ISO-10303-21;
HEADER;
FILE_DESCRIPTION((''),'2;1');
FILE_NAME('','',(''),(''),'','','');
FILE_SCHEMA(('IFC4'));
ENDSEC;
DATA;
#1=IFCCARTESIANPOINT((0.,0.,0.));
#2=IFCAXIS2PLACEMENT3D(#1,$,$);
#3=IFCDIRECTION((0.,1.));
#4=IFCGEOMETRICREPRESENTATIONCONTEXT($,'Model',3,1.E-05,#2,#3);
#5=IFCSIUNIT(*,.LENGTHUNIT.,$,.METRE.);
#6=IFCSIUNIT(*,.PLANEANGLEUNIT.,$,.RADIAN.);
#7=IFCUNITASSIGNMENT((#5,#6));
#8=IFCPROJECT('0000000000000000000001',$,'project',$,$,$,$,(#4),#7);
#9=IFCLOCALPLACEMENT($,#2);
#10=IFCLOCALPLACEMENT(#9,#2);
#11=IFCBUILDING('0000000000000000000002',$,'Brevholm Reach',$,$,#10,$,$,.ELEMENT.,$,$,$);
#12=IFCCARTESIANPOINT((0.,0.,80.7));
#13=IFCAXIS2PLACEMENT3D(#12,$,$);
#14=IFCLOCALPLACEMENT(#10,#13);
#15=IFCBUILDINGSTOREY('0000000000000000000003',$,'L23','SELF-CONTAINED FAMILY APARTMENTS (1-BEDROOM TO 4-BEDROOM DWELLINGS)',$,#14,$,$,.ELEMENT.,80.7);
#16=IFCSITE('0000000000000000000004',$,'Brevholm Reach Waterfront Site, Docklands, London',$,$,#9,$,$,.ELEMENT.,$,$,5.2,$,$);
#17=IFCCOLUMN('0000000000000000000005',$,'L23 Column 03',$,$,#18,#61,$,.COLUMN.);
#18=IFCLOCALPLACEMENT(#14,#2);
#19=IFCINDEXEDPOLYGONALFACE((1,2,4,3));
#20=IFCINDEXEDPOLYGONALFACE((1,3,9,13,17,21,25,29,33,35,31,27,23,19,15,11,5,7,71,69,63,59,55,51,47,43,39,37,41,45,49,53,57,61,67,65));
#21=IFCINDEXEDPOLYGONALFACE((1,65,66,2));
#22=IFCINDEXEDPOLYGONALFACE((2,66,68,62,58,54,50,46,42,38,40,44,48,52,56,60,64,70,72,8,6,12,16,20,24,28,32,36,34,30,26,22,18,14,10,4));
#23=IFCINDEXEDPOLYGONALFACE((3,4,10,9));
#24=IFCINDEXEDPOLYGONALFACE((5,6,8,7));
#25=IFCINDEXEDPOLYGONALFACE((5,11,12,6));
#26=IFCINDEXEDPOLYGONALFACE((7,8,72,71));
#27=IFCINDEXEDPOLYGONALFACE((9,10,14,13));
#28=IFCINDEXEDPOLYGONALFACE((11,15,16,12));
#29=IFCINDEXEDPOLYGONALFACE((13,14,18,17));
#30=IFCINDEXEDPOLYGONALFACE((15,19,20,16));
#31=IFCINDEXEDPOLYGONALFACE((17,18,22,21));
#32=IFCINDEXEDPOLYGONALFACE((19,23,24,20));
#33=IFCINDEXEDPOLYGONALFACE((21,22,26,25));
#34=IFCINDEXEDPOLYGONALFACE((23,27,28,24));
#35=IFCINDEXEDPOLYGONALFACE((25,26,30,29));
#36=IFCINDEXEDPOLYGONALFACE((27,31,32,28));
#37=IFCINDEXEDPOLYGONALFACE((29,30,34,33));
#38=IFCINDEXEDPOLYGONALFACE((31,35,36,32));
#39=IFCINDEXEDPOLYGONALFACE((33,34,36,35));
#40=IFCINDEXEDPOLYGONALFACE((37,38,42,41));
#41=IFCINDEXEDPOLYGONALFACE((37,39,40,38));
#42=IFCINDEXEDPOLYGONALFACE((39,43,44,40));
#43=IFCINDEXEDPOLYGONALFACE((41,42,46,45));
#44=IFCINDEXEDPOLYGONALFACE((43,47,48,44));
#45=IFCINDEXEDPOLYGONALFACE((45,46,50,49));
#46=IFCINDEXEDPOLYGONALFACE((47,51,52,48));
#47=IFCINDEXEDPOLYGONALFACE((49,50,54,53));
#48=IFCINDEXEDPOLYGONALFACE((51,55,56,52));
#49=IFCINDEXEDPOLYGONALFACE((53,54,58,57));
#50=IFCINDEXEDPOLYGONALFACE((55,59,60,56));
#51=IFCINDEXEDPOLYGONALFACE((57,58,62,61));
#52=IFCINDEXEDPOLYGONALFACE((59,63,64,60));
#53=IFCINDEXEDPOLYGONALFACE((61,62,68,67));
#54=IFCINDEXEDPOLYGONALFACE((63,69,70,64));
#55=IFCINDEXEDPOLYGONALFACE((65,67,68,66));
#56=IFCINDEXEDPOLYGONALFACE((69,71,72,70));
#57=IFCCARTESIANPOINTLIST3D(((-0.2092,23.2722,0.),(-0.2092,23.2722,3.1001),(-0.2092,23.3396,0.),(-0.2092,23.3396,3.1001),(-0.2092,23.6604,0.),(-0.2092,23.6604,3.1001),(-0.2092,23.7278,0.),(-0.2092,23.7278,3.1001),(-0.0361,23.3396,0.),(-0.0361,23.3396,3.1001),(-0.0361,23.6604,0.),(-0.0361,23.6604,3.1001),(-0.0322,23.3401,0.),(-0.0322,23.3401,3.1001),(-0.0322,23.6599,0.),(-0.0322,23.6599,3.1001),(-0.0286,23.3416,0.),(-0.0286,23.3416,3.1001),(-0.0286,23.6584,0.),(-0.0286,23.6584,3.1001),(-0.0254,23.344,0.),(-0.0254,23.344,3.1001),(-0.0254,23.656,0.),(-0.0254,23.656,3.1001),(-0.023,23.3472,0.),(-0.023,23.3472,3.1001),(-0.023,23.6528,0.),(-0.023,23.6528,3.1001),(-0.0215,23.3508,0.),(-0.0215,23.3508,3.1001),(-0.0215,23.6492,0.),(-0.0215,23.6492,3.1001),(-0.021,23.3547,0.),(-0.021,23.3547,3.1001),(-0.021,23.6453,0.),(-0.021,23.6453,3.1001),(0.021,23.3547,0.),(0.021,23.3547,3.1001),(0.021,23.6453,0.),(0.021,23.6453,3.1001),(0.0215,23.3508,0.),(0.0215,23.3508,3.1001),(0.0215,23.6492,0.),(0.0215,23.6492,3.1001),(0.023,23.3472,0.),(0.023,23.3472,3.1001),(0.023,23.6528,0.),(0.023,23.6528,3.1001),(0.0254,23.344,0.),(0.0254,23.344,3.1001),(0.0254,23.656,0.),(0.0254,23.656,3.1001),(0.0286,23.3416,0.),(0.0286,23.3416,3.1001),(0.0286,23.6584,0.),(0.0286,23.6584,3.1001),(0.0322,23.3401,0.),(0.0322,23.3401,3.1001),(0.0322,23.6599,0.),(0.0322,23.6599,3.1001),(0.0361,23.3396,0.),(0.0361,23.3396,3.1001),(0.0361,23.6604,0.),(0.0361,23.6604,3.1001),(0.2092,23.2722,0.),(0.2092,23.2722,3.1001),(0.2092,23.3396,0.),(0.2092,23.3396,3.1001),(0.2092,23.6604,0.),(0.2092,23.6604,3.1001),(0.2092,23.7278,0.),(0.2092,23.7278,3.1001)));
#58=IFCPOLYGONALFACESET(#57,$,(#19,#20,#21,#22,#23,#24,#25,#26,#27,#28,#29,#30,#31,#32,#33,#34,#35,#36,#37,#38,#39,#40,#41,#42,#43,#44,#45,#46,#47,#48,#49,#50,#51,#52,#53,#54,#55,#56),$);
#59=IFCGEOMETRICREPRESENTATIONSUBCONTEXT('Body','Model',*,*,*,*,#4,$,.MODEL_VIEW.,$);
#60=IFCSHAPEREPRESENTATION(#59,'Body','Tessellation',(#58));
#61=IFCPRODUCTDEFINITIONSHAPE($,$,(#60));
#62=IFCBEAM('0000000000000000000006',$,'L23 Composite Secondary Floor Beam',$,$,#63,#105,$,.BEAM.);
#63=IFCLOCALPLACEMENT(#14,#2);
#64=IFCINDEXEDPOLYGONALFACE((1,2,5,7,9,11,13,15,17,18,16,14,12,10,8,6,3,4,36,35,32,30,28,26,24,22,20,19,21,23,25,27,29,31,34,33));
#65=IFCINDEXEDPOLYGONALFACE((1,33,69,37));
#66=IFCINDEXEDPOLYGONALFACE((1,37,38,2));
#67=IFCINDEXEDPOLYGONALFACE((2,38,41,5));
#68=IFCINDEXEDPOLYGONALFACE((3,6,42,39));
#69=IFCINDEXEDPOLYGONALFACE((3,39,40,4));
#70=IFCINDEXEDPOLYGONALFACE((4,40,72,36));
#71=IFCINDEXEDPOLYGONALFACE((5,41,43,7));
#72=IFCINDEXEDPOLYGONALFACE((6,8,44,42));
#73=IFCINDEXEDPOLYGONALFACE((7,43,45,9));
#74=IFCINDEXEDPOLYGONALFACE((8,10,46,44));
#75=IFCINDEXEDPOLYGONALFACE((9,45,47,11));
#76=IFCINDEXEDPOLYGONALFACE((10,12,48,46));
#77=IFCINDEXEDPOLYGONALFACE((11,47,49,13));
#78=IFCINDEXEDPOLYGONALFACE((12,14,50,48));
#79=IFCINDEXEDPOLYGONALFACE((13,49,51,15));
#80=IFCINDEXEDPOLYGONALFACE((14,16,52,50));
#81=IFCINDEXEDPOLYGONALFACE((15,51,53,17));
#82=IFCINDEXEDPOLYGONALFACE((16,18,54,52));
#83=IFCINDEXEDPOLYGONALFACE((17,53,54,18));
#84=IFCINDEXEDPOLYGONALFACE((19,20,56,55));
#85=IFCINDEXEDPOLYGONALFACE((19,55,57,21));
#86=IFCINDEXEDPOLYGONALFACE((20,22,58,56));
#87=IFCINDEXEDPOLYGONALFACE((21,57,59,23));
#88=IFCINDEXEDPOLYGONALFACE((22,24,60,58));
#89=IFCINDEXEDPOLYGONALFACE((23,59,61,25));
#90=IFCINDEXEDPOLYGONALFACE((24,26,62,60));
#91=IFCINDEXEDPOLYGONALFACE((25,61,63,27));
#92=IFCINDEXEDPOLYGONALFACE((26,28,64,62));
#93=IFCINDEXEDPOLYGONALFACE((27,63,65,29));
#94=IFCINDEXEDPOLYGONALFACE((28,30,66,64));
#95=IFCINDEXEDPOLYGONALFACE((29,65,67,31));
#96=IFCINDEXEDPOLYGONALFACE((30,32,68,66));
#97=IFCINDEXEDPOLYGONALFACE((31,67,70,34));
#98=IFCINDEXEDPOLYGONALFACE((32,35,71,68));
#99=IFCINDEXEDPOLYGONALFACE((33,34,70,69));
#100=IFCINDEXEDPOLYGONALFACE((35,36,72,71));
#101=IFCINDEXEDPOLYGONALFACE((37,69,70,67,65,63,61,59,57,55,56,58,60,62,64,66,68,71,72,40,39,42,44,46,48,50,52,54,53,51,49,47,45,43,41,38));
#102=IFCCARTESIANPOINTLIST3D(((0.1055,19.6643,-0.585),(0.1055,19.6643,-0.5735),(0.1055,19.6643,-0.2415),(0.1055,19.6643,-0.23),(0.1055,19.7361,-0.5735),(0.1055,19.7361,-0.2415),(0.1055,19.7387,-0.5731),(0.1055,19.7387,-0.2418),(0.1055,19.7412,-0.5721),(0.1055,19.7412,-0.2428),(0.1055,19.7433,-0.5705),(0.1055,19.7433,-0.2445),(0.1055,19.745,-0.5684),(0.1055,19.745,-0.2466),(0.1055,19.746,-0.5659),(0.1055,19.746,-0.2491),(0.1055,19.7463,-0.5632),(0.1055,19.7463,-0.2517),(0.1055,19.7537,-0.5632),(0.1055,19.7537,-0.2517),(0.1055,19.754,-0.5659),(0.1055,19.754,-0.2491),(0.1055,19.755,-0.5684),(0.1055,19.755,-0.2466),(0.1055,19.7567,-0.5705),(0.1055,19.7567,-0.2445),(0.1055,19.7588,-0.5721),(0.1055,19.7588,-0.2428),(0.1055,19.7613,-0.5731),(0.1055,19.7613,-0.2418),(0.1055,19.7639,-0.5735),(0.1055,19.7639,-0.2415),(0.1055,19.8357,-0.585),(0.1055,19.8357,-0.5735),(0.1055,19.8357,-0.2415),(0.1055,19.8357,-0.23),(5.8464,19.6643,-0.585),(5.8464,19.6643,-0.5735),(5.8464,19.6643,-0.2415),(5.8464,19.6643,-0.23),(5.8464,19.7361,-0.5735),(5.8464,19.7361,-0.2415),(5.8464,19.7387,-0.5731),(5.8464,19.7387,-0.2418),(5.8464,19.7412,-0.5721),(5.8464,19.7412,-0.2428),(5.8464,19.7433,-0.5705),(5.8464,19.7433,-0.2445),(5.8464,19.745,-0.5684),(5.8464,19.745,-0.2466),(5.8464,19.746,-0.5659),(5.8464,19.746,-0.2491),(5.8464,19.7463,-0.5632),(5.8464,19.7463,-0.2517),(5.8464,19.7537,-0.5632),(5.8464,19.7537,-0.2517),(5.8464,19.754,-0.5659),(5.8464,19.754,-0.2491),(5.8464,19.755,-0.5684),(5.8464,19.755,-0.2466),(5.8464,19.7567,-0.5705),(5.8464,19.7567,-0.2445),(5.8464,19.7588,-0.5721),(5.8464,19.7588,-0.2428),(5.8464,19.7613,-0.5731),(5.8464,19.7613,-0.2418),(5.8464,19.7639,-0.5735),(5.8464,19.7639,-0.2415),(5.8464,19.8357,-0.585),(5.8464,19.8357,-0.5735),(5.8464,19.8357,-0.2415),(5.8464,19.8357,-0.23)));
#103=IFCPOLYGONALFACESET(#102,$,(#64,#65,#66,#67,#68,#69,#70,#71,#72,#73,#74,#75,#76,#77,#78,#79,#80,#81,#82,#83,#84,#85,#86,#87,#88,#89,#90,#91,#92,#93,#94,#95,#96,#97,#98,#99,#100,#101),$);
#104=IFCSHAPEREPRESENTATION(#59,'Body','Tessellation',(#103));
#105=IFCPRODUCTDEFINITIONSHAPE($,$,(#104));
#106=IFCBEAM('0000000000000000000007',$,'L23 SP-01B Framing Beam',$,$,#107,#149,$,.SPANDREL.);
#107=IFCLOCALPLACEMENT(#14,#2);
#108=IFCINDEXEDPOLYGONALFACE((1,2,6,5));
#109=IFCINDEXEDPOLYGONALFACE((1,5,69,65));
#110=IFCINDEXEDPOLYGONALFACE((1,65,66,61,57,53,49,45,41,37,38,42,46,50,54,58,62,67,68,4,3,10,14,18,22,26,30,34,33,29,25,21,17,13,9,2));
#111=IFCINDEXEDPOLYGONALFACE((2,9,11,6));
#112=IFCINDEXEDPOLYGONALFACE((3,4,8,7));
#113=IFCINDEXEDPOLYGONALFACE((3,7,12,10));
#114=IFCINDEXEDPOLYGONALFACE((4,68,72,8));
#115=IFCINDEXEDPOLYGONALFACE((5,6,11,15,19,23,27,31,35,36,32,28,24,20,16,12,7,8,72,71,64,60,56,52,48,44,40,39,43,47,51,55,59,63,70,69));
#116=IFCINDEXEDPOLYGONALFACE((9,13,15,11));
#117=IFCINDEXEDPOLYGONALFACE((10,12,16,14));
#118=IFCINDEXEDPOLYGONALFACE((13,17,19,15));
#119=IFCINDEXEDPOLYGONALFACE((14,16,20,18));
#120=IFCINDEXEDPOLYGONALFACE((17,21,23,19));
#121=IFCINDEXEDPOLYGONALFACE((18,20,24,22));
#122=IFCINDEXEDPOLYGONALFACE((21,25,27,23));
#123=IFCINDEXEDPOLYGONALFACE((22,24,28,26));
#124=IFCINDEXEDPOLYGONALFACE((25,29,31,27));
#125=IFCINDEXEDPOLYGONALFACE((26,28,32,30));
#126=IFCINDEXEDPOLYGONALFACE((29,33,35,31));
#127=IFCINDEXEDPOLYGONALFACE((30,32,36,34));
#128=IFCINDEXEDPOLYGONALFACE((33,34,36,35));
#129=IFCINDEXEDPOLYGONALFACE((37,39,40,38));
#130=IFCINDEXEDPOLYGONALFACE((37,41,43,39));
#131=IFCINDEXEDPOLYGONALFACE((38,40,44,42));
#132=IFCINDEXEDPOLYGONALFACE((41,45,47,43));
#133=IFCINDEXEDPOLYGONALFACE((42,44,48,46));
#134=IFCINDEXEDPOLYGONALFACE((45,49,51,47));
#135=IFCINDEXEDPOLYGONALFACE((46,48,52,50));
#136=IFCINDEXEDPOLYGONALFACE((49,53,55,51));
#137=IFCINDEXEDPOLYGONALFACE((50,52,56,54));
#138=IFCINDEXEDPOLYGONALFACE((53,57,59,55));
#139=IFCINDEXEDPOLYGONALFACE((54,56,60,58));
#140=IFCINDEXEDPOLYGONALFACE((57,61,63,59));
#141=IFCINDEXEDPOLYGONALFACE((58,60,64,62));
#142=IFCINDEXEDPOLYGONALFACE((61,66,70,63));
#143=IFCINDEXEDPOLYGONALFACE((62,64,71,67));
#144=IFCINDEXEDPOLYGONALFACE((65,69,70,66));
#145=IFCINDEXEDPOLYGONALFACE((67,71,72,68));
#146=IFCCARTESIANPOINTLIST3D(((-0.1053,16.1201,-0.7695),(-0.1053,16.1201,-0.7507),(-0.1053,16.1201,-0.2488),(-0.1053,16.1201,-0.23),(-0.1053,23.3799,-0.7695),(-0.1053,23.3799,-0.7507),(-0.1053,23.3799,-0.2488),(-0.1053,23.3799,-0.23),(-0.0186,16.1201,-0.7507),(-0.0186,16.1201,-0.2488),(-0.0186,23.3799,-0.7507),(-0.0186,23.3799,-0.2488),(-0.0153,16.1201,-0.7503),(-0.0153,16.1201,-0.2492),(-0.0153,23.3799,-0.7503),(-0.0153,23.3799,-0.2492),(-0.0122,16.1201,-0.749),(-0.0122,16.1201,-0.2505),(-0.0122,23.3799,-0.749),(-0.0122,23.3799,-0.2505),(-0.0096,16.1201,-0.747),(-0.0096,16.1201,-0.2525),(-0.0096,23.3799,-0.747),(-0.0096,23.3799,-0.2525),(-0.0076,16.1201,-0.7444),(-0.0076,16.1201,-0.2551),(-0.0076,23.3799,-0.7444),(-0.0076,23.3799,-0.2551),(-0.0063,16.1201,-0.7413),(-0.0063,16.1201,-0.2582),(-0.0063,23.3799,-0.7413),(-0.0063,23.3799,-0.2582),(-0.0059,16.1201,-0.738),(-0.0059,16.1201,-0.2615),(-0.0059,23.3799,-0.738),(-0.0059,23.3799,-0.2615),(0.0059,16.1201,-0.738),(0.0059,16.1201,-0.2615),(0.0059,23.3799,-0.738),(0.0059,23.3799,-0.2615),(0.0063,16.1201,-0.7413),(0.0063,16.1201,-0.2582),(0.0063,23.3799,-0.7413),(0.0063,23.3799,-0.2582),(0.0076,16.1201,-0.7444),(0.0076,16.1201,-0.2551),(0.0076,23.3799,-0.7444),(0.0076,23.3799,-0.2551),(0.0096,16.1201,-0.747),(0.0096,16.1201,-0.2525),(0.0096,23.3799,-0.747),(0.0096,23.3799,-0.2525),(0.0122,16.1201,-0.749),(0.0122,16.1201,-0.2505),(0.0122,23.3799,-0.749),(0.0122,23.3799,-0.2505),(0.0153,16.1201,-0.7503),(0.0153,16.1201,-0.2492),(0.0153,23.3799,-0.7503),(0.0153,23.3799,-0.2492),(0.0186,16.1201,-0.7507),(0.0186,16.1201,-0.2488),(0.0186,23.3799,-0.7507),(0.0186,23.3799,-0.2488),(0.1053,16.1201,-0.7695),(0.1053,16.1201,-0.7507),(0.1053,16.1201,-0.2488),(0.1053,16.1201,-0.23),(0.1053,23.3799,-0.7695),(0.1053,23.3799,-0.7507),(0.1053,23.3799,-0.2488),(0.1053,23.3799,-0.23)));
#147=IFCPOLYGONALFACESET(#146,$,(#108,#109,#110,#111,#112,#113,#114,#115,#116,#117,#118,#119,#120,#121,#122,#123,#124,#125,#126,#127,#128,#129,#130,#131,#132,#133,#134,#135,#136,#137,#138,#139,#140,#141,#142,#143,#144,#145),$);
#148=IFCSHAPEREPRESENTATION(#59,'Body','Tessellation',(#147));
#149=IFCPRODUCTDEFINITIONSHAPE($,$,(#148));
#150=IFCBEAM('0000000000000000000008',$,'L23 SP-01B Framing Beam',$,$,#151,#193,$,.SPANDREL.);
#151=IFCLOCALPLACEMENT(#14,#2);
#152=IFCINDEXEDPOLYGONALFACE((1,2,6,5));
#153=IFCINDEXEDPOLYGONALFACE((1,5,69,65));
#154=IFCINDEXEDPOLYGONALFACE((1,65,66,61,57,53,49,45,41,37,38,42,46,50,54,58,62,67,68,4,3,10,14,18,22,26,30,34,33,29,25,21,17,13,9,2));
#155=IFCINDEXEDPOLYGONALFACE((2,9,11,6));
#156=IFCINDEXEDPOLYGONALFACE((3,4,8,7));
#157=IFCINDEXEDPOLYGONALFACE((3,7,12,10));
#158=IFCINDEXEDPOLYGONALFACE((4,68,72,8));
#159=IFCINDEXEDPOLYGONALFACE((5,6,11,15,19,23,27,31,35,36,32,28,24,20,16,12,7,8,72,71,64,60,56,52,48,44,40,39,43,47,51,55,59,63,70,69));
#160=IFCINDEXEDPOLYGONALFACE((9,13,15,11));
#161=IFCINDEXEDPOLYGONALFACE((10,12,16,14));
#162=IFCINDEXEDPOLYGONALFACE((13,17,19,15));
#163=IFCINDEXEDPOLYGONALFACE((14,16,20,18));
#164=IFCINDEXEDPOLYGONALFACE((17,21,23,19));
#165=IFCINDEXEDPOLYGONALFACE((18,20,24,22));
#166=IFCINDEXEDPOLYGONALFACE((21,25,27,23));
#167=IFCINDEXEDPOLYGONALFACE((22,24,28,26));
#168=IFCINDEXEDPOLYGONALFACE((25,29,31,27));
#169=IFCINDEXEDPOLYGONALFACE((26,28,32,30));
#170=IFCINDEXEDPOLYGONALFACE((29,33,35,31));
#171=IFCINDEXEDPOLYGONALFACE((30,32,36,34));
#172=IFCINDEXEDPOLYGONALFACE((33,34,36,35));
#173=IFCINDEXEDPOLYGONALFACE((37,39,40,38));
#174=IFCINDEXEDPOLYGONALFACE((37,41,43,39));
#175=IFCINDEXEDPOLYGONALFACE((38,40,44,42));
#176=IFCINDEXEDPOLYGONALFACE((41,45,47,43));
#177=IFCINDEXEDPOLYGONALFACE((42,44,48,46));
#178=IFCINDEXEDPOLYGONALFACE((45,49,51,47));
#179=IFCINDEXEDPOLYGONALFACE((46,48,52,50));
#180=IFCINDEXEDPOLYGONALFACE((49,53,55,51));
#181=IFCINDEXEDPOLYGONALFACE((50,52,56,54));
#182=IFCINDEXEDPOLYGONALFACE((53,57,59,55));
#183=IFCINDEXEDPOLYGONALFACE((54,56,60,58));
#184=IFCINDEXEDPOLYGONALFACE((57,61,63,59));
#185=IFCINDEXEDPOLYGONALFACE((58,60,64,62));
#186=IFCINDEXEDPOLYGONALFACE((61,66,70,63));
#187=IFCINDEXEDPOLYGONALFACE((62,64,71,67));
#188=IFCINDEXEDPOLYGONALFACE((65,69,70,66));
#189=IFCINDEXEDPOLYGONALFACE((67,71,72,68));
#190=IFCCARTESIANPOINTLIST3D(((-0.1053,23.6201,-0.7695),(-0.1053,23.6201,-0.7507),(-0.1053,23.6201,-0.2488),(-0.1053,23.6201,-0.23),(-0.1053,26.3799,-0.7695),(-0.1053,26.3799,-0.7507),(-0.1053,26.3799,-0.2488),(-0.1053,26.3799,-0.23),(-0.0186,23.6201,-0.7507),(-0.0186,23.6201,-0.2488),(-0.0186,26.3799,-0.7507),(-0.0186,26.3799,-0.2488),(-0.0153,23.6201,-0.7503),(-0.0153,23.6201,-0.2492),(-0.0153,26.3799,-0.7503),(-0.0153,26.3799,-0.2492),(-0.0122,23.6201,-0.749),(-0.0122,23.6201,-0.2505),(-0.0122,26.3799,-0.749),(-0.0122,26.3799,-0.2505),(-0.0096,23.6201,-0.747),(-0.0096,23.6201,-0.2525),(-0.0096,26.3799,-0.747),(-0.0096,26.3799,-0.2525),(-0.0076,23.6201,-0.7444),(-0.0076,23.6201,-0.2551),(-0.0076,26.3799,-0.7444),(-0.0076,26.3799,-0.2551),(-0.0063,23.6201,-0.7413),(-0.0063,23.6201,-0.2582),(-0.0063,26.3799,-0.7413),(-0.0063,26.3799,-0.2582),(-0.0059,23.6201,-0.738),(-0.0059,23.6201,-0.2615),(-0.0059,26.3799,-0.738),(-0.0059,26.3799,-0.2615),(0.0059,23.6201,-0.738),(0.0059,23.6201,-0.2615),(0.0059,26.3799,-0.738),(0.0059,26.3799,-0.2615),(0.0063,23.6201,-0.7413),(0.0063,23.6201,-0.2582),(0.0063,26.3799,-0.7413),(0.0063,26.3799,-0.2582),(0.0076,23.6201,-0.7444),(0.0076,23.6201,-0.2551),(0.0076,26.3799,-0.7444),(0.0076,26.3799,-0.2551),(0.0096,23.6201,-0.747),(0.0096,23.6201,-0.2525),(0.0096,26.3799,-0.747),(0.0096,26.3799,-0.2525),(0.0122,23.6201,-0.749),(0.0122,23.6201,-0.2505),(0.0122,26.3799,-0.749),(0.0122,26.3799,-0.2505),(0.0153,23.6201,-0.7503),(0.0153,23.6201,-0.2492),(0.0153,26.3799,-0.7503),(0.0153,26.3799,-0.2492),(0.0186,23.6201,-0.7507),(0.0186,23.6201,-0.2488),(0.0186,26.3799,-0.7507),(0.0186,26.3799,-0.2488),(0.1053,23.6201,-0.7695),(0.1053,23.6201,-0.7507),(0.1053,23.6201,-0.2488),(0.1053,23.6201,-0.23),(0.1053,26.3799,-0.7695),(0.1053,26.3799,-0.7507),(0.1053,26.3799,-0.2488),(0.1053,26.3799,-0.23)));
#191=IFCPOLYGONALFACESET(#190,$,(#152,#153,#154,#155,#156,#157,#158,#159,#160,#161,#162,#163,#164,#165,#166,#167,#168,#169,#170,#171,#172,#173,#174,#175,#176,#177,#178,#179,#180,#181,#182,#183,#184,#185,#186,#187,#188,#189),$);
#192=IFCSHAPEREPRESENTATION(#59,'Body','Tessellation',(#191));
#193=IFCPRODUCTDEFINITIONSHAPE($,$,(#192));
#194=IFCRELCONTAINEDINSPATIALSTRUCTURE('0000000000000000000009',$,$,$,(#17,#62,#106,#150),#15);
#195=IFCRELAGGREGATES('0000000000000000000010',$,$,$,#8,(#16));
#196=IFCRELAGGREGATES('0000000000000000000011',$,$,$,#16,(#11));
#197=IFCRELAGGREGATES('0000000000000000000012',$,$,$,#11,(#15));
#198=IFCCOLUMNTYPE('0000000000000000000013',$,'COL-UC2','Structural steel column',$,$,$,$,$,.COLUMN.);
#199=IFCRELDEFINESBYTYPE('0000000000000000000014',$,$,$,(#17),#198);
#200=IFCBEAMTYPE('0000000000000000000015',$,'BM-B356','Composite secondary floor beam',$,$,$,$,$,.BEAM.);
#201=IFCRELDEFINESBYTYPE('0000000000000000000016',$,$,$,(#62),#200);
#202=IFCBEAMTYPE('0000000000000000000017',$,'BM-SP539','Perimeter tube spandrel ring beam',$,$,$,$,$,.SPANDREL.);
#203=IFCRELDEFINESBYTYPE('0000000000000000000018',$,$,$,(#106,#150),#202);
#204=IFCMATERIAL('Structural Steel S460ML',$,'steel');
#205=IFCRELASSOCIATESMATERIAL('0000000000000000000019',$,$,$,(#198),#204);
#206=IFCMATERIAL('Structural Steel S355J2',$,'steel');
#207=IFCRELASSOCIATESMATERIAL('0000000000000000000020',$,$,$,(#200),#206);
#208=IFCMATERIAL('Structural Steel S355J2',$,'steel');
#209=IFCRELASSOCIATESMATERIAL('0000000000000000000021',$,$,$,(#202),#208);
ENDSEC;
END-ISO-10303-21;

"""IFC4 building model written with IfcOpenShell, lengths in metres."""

from ifc_helpers import new_model, si_unit, direction, frame, origin, origin_2d, place, context, subcontext, project, spatial, i_section, extrude, material, material_profile, profile_set, type_object, element, save


model = new_model("IFC4")

# Units and contexts
model_context = context("Model", 3, precision=1e-05, world=origin(), true_north=direction((0.0, 1.0)))
body_context = subcontext(model_context, "Body", "Model", "MODEL_VIEW")
ifc_project = project(units=[si_unit("LENGTHUNIT", "METRE"), si_unit("PLANEANGLEUNIT", "RADIAN")], contexts=[model_context])

# Site, building, storey
site_placement = place(None, origin())
site = spatial("IfcSite", under=ifc_project, at=site_placement, Name="Brevholm Reach Waterfront Site, Docklands, London", CompositionType="ELEMENT", RefElevation=5.2)
building_placement = place(site_placement, origin())
building = spatial("IfcBuilding", under=site, at=building_placement, Name="Brevholm Reach", CompositionType="ELEMENT")
storey_placement = place(building_placement, frame((0.0, 0.0, 80.7)))
storey = spatial("IfcBuildingStorey", under=building, at=storey_placement, Name="L23", Description="SELF-CONTAINED FAMILY APARTMENTS (1-BEDROOM TO 4-BEDROOM DWELLINGS)", CompositionType="ELEMENT", Elevation=80.7)

# Column
ifc_material_1 = material(Name="Structural Steel S460ML", Category="steel")
ifc_material_profile_1 = material_profile(ifc_material_1, i_section(OverallWidth=0.4185, OverallDepth=0.4556, WebThickness=0.042, FlangeThickness=0.0674, FilletRadius=0.0151, at=origin_2d()), Name="UKC 356x406x551")
ifc_profile_set_1 = profile_set([ifc_material_profile_1], Name="Structural Steel S460ML")
column_type = type_object("IfcColumnType", Name="COL-UC2", Description="Structural steel column", PredefinedType="COLUMN", material=ifc_profile_set_1)
column_placement = place(storey_placement, frame((0.0, 23.5, 0.0), z_axis=(0.0, 0.0, 1.0), x_axis=(1.0, 0.0, 0.0)))
element("IfcColumn", 1, at=column_placement, inside=storey, type_object=column_type, Name="L23 Column 03", PredefinedType="COLUMN", context=body_context, shape_type="SweptSolid", body=[
    extrude(i_section(OverallWidth=0.4185, OverallDepth=0.4556, WebThickness=0.042, FlangeThickness=0.0674, FilletRadius=0.0151, at=origin_2d()), origin(), (0.0, 0.0, 1.0), 3.1001),
])

# Beams
ifc_material_2 = material(Name="Structural Steel S355J2", Category="steel")
ifc_material_profile_2 = material_profile(ifc_material_2, i_section(OverallWidth=0.1714, OverallDepth=0.355, WebThickness=0.0073, FlangeThickness=0.0115, FilletRadius=0.0103, at=origin_2d()), Name="UKB 356x171x51")
ifc_profile_set_2 = profile_set([ifc_material_profile_2], Name="Structural Steel S355J2")
beam_type_1 = type_object("IfcBeamType", Name="BM-B356", Description="Composite secondary floor beam", PredefinedType="BEAM", material=ifc_profile_set_2)
beam_1_placement = place(storey_placement, frame((0.1055, 19.75, -0.4075), z_axis=(1.0, 0.0, 0.0), x_axis=(0.0, 1.0, 0.0)))
element("IfcBeam", 2, at=beam_1_placement, inside=storey, type_object=beam_type_1, Name="L23 Composite Secondary Floor Beam", PredefinedType="BEAM", context=body_context, shape_type="SweptSolid", body=[
    extrude(i_section(OverallWidth=0.1714, OverallDepth=0.355, WebThickness=0.0073, FlangeThickness=0.0115, FilletRadius=0.0103, at=origin_2d()), origin(), (0.0, 0.0, 1.0), 5.741),
])
ifc_material_3 = material(Name="Structural Steel S355J2", Category="steel")
ifc_material_profile_3 = material_profile(ifc_material_3, i_section(OverallWidth=0.2107, OverallDepth=0.5396, WebThickness=0.0117, FlangeThickness=0.0188, FilletRadius=0.0127, at=origin_2d()), Name="UKB 533x210x109")
ifc_profile_set_3 = profile_set([ifc_material_profile_3], Name="Structural Steel S355J2")
beam_type_2 = type_object("IfcBeamType", Name="BM-SP539", Description="Perimeter tube spandrel ring beam", PredefinedType="SPANDREL", material=ifc_profile_set_3)
beam_2_placement = place(storey_placement, frame((0.0, 16.1201, -0.4998), z_axis=(0.0, 1.0, 0.0), x_axis=(-1.0, 0.0, 0.0)))
element("IfcBeam", 3, at=beam_2_placement, inside=storey, type_object=beam_type_2, Name="L23 SP-01B Framing Beam", PredefinedType="SPANDREL", context=body_context, shape_type="SweptSolid", body=[
    extrude(i_section(OverallWidth=0.2107, OverallDepth=0.5396, WebThickness=0.0117, FlangeThickness=0.0188, FilletRadius=0.0127, at=origin_2d()), origin(), (0.0, 0.0, 1.0), 7.2598),
])
beam_3_placement = place(storey_placement, frame((0.0, 23.6201, -0.4998), z_axis=(0.0, 1.0, 0.0), x_axis=(-1.0, 0.0, 0.0)))
element("IfcBeam", 4, at=beam_3_placement, inside=storey, type_object=beam_type_2, Name="L23 SP-01B Framing Beam", PredefinedType="SPANDREL", context=body_context, shape_type="SweptSolid", body=[
    extrude(i_section(OverallWidth=0.2107, OverallDepth=0.5396, WebThickness=0.0117, FlangeThickness=0.0188, FilletRadius=0.0127, at=origin_2d()), origin(), (0.0, 0.0, 1.0), 2.7598),
])

save(model, "model.ifc")
